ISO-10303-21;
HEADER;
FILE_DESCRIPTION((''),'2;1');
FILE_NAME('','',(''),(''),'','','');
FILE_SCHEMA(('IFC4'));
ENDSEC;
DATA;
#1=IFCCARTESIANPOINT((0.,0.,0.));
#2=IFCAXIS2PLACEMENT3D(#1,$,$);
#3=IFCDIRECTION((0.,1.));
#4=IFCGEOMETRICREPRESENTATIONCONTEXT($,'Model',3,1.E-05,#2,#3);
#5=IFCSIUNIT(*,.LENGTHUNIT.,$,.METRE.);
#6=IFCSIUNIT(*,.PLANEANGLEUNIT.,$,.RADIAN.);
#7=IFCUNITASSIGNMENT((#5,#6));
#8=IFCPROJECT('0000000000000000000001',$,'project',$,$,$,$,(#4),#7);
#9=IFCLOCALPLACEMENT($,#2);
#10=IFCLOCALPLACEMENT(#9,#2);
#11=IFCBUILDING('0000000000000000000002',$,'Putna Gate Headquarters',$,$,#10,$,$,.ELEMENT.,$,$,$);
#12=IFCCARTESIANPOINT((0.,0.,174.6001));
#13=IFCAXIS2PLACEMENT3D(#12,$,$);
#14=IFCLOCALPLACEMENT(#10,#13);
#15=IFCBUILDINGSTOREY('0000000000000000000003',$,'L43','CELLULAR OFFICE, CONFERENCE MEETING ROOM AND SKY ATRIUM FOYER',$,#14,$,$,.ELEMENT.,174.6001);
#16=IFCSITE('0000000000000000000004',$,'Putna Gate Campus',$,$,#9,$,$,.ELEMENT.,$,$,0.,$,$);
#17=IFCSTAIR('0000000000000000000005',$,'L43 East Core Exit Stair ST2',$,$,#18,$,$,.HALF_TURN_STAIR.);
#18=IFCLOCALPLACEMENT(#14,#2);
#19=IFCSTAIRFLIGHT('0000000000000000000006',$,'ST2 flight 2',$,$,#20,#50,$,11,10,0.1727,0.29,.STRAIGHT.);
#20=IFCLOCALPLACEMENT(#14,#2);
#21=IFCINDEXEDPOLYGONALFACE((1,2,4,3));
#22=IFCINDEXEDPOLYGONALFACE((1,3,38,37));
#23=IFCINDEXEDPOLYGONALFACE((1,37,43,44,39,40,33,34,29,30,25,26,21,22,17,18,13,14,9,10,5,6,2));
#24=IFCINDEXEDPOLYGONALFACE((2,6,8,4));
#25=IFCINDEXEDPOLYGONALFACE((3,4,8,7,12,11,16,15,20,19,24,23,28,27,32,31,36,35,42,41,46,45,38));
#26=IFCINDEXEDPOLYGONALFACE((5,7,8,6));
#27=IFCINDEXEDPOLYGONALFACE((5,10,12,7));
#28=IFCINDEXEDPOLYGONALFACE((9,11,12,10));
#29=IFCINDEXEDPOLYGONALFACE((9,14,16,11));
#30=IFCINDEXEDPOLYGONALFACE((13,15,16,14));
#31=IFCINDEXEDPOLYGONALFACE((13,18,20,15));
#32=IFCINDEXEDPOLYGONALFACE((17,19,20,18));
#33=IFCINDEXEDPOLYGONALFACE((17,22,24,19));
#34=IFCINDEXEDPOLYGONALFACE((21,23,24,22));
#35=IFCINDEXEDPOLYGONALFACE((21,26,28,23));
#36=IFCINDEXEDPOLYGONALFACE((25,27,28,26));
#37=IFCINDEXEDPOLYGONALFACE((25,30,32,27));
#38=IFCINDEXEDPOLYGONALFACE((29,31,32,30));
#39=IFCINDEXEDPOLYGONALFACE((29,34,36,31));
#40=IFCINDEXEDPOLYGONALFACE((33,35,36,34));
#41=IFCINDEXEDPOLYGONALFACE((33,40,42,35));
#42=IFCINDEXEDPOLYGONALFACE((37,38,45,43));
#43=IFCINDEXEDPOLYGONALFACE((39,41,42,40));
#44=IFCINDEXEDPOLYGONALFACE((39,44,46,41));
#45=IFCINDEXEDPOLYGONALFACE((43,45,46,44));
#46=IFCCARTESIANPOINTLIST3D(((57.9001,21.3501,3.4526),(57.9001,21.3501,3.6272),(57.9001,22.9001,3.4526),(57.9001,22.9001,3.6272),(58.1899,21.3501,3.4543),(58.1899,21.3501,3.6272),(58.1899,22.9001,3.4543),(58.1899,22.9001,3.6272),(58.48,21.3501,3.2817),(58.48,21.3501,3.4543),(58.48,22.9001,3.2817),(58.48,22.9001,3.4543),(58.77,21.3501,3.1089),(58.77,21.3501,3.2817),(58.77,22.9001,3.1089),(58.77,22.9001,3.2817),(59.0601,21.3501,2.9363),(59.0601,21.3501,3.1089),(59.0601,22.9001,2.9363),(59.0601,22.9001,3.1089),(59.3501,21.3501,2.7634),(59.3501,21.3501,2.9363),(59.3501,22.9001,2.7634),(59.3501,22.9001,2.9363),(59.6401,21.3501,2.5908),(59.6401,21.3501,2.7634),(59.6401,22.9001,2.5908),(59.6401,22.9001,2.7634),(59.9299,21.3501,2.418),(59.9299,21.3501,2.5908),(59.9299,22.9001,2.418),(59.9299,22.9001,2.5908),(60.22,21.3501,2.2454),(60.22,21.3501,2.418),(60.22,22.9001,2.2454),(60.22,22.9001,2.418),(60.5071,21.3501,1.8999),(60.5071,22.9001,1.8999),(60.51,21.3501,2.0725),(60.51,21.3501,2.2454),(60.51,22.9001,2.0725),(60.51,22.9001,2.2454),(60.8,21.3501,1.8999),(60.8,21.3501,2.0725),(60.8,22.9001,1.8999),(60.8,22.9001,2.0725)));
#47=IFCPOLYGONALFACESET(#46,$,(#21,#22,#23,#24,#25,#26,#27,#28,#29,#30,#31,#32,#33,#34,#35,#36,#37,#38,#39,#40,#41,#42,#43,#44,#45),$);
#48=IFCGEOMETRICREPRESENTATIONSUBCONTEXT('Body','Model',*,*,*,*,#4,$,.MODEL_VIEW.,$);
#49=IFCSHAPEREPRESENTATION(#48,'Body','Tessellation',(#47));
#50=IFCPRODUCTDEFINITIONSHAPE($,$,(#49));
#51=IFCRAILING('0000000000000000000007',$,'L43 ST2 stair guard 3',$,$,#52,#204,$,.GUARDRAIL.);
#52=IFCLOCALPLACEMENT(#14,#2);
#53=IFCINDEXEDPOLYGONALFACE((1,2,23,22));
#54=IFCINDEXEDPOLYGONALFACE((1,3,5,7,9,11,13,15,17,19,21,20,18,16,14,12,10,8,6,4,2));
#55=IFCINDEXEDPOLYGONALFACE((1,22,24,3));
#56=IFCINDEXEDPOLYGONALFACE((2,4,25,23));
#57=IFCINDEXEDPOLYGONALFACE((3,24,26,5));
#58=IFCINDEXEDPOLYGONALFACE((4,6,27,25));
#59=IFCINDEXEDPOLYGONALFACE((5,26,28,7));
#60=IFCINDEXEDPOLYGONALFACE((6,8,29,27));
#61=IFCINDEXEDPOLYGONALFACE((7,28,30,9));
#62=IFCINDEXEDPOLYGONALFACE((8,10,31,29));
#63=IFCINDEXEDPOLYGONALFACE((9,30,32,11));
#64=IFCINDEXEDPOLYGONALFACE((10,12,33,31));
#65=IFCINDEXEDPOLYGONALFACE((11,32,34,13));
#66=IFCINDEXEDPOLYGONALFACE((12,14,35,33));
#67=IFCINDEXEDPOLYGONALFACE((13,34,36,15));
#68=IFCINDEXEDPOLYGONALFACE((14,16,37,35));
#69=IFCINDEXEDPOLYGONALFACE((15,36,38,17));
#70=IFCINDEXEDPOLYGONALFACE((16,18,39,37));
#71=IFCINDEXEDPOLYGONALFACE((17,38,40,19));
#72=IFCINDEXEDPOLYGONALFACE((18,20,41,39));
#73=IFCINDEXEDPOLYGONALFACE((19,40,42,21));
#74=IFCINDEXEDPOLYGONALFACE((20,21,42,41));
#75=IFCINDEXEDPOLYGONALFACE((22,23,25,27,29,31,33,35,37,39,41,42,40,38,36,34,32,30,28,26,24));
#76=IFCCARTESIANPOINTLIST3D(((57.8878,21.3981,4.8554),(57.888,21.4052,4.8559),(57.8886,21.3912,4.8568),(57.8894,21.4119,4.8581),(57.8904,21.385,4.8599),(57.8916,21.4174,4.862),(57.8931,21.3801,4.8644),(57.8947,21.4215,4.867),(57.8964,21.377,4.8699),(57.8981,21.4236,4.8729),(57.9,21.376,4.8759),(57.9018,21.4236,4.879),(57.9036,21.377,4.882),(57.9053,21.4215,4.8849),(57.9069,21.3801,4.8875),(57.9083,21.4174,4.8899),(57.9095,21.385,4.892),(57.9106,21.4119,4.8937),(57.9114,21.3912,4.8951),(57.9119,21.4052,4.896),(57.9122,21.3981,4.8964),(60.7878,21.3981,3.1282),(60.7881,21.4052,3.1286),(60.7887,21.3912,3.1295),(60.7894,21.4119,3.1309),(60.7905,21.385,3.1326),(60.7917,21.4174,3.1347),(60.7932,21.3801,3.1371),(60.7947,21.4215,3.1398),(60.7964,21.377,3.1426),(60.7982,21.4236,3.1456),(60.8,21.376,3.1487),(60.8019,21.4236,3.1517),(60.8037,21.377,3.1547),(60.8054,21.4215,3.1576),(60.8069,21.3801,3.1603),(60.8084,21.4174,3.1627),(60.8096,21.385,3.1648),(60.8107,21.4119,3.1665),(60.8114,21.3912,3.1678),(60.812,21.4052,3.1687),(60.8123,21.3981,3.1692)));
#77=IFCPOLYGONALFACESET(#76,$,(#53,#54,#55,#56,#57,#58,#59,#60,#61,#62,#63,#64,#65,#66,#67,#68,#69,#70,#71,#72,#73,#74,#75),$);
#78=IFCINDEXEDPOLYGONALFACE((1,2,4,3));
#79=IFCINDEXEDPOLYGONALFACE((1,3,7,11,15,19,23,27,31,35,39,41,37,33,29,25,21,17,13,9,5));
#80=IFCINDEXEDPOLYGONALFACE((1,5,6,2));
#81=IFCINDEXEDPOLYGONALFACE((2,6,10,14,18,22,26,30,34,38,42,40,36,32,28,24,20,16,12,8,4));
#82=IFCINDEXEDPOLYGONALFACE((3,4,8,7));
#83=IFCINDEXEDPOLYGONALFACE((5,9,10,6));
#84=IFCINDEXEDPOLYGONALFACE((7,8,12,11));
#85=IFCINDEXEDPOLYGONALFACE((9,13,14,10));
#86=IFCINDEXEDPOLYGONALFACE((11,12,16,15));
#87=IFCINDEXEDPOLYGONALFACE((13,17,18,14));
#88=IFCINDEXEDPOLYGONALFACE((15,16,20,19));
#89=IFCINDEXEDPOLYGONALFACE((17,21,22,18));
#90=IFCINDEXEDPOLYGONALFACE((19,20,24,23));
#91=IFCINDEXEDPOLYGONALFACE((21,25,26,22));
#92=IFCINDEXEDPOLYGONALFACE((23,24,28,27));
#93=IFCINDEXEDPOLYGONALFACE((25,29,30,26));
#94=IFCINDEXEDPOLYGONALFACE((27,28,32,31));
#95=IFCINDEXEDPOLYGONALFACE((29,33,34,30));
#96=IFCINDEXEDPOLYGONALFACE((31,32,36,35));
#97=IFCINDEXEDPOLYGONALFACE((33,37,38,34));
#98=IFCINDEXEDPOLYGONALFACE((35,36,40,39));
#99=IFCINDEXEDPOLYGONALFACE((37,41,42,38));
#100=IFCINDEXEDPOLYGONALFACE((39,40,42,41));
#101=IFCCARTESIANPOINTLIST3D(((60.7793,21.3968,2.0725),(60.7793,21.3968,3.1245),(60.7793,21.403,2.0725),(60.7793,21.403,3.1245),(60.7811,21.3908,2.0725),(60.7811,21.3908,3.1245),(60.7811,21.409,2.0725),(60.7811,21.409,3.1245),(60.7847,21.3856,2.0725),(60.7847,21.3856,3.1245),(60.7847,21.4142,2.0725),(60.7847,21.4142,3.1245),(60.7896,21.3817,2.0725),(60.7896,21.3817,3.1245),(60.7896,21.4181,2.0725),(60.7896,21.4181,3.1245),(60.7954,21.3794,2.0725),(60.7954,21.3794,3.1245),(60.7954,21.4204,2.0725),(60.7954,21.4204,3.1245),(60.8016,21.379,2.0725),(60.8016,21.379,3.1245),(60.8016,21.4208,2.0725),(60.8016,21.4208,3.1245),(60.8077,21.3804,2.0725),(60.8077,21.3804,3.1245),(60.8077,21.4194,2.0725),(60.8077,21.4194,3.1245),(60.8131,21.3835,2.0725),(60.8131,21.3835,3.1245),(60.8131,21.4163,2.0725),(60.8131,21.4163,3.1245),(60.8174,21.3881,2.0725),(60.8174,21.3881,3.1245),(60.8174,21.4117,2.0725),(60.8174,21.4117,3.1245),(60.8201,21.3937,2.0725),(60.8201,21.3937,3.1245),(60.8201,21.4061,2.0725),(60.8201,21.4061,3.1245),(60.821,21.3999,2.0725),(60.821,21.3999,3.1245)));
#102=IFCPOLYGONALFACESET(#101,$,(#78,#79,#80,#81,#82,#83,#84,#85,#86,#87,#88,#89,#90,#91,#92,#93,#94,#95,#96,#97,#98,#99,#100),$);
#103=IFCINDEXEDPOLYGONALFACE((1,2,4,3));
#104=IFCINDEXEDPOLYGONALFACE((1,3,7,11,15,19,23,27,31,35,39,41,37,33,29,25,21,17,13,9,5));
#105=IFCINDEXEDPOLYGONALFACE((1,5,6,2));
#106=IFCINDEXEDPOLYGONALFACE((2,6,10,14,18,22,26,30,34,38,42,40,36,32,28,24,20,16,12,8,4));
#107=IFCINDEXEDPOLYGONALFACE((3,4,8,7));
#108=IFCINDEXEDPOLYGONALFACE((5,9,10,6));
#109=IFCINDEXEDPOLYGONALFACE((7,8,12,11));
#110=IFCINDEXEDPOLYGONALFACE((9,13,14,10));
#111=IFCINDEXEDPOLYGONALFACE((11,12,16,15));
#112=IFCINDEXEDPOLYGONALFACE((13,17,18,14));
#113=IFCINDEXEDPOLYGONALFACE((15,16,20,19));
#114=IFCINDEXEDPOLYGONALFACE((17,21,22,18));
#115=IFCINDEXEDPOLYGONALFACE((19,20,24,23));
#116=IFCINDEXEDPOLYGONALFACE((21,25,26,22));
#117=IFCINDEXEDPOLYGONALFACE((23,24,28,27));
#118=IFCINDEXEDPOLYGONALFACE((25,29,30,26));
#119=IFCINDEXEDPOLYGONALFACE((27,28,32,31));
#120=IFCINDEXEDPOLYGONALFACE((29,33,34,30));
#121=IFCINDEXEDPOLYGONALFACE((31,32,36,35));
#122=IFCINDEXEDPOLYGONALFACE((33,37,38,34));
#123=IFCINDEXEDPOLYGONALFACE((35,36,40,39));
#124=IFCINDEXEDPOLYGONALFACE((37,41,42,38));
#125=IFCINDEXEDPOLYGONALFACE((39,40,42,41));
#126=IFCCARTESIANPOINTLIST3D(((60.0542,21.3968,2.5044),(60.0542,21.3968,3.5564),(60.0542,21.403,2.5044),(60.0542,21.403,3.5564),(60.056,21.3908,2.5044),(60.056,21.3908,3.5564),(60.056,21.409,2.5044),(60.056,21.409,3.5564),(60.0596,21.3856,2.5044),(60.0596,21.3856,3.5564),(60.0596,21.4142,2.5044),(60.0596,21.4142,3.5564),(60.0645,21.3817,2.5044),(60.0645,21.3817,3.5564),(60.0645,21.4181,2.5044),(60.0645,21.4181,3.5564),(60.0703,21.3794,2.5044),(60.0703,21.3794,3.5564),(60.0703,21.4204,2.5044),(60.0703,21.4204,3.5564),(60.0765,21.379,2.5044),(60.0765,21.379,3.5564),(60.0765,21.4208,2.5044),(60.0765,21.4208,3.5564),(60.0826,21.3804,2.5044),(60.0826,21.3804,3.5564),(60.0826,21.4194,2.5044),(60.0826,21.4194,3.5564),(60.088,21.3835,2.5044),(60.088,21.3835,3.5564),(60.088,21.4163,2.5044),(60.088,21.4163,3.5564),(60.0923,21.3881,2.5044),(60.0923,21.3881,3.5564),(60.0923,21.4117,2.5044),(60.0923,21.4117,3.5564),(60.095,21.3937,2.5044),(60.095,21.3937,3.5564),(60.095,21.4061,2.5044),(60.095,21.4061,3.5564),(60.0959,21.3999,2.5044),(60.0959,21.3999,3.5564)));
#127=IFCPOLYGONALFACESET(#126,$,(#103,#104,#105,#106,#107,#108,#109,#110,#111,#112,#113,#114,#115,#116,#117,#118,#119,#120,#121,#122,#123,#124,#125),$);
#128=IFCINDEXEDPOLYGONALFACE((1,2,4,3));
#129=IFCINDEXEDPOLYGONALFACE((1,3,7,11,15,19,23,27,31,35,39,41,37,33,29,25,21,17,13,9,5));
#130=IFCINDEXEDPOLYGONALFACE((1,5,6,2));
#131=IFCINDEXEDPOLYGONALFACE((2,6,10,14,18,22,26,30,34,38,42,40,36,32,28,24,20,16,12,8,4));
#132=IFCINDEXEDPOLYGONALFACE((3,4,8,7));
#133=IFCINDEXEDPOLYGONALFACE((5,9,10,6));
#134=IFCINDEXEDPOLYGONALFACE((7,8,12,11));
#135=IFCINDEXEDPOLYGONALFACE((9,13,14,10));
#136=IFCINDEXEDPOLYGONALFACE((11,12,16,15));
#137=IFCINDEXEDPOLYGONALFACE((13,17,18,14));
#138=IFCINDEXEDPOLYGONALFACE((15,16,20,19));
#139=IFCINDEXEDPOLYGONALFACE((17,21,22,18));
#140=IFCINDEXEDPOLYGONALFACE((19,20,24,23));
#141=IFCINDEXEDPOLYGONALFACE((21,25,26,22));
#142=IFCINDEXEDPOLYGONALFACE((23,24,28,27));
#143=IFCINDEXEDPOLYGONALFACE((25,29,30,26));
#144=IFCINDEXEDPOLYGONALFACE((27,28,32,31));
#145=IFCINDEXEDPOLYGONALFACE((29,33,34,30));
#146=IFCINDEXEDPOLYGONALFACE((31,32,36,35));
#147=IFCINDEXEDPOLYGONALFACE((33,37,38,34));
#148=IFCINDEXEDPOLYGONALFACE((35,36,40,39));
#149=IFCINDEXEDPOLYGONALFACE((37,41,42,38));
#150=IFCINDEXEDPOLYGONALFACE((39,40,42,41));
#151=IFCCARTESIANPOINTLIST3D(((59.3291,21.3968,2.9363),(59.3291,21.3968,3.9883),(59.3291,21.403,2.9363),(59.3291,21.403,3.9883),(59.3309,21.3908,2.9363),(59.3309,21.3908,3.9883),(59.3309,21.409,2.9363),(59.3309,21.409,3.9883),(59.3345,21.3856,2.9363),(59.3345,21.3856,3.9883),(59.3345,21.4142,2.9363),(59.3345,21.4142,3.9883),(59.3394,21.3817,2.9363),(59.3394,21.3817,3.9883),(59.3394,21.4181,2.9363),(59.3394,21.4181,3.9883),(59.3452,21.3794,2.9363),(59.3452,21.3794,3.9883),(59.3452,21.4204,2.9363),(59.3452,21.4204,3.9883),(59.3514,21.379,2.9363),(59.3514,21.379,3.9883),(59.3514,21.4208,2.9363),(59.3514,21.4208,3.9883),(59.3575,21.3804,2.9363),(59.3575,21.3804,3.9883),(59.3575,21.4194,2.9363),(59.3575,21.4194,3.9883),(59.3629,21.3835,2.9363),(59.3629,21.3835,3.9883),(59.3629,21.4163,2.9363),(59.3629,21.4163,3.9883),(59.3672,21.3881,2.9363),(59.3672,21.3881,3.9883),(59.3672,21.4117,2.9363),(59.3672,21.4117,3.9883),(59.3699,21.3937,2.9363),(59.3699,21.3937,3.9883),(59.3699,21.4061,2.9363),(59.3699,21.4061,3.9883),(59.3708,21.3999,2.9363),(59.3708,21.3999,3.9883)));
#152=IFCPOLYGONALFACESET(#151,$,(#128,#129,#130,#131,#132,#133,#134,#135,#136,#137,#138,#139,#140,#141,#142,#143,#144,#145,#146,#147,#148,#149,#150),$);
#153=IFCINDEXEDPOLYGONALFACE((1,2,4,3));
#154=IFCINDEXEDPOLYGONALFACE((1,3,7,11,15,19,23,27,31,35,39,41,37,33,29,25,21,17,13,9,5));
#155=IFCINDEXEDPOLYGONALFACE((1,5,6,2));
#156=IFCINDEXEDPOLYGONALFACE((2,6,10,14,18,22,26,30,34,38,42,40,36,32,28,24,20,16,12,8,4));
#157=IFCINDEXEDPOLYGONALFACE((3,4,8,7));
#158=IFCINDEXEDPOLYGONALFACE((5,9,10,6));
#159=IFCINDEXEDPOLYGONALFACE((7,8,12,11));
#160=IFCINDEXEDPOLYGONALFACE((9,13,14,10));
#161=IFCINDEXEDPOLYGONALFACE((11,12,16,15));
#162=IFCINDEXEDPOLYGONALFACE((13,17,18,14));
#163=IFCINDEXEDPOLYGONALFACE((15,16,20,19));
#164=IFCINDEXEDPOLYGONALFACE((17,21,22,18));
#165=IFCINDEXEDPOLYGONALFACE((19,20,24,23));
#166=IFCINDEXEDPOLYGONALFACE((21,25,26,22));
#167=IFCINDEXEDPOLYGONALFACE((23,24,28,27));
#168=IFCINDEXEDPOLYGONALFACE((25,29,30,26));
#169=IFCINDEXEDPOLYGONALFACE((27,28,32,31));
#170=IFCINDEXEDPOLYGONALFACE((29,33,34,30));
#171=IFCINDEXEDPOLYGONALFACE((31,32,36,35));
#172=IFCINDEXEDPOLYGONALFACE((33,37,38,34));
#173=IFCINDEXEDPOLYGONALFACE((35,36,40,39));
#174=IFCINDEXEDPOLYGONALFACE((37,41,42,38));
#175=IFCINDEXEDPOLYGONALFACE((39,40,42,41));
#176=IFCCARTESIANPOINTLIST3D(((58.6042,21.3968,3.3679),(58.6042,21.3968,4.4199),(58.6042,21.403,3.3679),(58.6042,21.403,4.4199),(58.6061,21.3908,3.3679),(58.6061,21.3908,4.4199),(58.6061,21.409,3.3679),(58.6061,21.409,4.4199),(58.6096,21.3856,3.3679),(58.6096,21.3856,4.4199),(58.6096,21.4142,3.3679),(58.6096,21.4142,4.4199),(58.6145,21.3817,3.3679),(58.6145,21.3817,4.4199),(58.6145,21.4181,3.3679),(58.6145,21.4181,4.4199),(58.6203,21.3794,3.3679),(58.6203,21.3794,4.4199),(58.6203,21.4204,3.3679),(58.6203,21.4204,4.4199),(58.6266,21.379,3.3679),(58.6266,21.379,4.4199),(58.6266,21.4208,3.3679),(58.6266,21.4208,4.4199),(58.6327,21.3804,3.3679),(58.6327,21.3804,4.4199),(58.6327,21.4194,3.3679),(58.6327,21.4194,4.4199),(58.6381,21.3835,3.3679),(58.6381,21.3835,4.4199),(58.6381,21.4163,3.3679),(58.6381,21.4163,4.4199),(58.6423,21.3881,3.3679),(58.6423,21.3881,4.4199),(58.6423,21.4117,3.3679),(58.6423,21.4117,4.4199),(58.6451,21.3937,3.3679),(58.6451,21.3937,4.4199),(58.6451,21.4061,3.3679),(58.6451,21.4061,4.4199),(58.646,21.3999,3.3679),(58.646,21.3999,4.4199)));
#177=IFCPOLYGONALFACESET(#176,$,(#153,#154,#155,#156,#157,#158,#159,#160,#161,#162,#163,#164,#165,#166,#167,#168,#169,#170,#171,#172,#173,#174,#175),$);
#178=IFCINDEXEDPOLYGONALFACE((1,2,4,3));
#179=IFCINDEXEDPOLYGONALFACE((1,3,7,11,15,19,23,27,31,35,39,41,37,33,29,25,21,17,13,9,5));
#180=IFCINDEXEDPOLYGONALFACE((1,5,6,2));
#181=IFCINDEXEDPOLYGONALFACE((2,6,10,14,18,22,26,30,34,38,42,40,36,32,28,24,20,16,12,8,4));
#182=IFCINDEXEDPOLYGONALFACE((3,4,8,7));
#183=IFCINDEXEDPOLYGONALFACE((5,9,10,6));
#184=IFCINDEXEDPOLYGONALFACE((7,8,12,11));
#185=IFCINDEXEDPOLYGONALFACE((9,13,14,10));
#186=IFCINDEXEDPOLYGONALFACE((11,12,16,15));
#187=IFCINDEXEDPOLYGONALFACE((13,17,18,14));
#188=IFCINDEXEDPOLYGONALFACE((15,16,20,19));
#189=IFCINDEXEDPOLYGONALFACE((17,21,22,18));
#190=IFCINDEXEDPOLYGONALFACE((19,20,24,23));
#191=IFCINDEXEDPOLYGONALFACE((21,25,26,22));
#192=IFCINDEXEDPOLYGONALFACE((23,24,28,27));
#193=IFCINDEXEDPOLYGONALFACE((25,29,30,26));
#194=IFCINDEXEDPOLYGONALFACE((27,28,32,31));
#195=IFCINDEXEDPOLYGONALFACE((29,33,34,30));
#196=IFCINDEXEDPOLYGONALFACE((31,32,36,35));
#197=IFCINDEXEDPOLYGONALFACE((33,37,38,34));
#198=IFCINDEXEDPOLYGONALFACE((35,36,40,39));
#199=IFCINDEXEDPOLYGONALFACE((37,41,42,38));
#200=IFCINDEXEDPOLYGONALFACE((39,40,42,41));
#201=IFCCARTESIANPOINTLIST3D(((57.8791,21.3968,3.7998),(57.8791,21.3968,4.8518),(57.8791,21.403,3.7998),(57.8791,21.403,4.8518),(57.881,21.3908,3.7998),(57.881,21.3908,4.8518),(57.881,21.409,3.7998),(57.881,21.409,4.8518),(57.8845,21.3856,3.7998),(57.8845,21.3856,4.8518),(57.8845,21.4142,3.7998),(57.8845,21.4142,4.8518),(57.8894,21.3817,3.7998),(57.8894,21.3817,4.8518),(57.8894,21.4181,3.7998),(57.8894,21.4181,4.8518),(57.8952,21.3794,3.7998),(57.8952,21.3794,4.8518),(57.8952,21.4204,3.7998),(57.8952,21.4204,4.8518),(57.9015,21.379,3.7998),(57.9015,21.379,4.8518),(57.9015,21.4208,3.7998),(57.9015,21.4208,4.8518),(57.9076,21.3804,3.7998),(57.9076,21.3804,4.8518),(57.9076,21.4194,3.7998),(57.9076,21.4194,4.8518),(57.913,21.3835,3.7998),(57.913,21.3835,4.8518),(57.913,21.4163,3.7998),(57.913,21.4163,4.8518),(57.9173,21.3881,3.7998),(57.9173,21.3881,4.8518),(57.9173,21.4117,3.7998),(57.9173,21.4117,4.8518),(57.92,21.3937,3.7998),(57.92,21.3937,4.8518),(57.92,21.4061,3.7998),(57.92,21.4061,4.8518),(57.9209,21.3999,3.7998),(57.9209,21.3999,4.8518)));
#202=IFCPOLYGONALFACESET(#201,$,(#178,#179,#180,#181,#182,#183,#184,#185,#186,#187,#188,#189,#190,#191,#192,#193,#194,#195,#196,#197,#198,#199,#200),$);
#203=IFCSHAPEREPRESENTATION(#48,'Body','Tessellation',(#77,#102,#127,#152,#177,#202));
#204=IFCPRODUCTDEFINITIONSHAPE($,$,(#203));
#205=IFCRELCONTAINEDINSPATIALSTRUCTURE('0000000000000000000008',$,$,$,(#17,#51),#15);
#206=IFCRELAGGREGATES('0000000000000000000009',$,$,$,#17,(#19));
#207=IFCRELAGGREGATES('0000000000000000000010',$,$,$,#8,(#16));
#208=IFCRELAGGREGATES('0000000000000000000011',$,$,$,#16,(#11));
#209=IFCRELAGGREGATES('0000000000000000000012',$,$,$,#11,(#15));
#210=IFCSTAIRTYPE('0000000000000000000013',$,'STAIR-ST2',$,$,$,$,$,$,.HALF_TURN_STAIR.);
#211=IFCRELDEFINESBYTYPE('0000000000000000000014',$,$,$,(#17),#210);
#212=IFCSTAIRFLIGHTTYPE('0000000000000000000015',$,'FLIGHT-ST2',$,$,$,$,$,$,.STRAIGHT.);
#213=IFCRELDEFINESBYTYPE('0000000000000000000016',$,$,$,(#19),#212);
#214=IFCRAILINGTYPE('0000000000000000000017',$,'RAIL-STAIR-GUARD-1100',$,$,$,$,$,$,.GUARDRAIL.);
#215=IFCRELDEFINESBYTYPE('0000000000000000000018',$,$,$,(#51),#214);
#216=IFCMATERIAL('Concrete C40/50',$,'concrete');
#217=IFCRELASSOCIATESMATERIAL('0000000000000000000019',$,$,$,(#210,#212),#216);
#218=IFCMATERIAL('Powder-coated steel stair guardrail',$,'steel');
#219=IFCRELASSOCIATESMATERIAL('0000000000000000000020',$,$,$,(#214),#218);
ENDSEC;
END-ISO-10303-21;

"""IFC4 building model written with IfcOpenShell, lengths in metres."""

from ifc_helpers import new_model, si_unit, direction, frame, origin, origin_2d, place, context, subcontext, project, spatial, polyline, circle, outline, extrude, material, type_object, element, aggregate, save


model = new_model("IFC4")

# Units and contexts
model_context = context("Model", 3, precision=1e-05, world=origin(), true_north=direction((0.0, 1.0)))
body_context = subcontext(model_context, "Body", "Model", "MODEL_VIEW")
ifc_project = project(units=[si_unit("LENGTHUNIT", "METRE"), si_unit("PLANEANGLEUNIT", "RADIAN")], contexts=[model_context])

# Site, building, storey
site_placement = place(None, origin())
site = spatial("IfcSite", under=ifc_project, at=site_placement, Name="Putna Gate Campus", CompositionType="ELEMENT", RefElevation=0.0)
building_placement = place(site_placement, origin())
building = spatial("IfcBuilding", under=site, at=building_placement, Name="Putna Gate Headquarters", CompositionType="ELEMENT")
storey_placement = place(building_placement, frame((0.0, 0.0, 174.6001)))
storey = spatial("IfcBuildingStorey", under=building, at=storey_placement, Name="L43", Description="CELLULAR OFFICE, CONFERENCE MEETING ROOM AND SKY ATRIUM FOYER", CompositionType="ELEMENT", Elevation=174.6001)

# Shared definitions
ifc_material_1 = material(Name="Concrete C40/50", Category="concrete")

# Stair, stair flight
stair_type = type_object("IfcStairType", Name="STAIR-ST2", PredefinedType="HALF_TURN_STAIR", material=ifc_material_1)
stair_placement = place(storey_placement, origin())
stair = element("IfcStair", 1, at=stair_placement, inside=storey, type_object=stair_type, Name="L43 East Core Exit Stair ST2", PredefinedType="HALF_TURN_STAIR")
stair_flight_type = type_object("IfcStairFlightType", Name="FLIGHT-ST2", PredefinedType="STRAIGHT", material=ifc_material_1)
stair_flight_placement = place(storey_placement, frame((60.8, 22.125, 1.8999), z_axis=(0.0, 0.0, 1.0), x_axis=(-1.0, 0.0, 0.0)))
stair_flight = element("IfcStairFlight", 2, at=stair_flight_placement, type_object=stair_flight_type, Name="ST2 flight 2", NumberOfRisers=11, NumberOfTreads=10, PredefinedType="STRAIGHT", RiserHeight=0.1727, TreadLength=0.29, context=body_context, shape_type="SweptSolid", body=[
    extrude(outline(polyline([(0.0, 0.0), (0.0, 0.1726), (0.29, 0.1726), (0.29, 0.3455), (0.5801, 0.3455), (0.5801, 0.5181), (0.8701, 0.5181), (0.8701, 0.6909), (1.1599, 0.6909), (1.1599, 0.8635), (1.45, 0.8635), (1.45, 1.0364), (1.74, 1.0364), (1.74, 1.209), (2.03, 1.209), (2.03, 1.3818), (2.3201, 1.3818), (2.3201, 1.5544), (2.6101, 1.5544), (2.6101, 1.7273), (2.8999, 1.7273), (2.8999, 1.8999), (2.8999, 1.5527), (0.293, 0.0), (0.0, 0.0)])), frame((0.0, 0.7749, 0.0), z_axis=(0.0, -1.0, 0.0), x_axis=(1.0, 0.0, 0.0)), (0.0, 0.0, 1.0), 1.55),
])
aggregate(stair, [stair_flight])

# Railing
ifc_material_2 = material(Name="Powder-coated steel stair guardrail", Category="steel")
railing_type_1 = type_object("IfcRailingType", Name="RAIL-STAIR-GUARD-1100", PredefinedType="GUARDRAIL", material=ifc_material_2)
railing_1_placement = place(storey_placement, frame((60.8, 21.3999, 2.0725)))
element("IfcRailing", 3, at=railing_1_placement, inside=storey, type_object=railing_type_1, Name="L43 ST2 stair guard 3", PredefinedType="GUARDRAIL", context=body_context, shape_type="SweptSolid", body=[
    extrude(circle(Radius=0.0239, at=origin_2d()), frame((0.0, 0.0, 1.0762), z_axis=(-0.85916, 0.0, 0.511706), x_axis=(0.0, -1.0, 0.0)), (0.0, 0.0, 1.0), 3.3755),
    extrude(circle(Radius=0.021, at=origin_2d()), origin(), (0.0, 0.0, 1.0), 1.052),
    extrude(circle(Radius=0.021, at=origin_2d()), frame((-0.7251, 0.0, 0.4319)), (0.0, 0.0, 1.0), 1.052),
    extrude(circle(Radius=0.021, at=origin_2d()), frame((-1.4502, 0.0, 0.8638)), (0.0, 0.0, 1.0), 1.052),
    extrude(circle(Radius=0.021, at=origin_2d()), frame((-2.175, 0.0, 1.2954)), (0.0, 0.0, 1.0), 1.052),
    extrude(circle(Radius=0.021, at=origin_2d()), frame((-2.9001, 0.0, 1.7273)), (0.0, 0.0, 1.0), 1.052),
])

save(model, "model.ifc")
